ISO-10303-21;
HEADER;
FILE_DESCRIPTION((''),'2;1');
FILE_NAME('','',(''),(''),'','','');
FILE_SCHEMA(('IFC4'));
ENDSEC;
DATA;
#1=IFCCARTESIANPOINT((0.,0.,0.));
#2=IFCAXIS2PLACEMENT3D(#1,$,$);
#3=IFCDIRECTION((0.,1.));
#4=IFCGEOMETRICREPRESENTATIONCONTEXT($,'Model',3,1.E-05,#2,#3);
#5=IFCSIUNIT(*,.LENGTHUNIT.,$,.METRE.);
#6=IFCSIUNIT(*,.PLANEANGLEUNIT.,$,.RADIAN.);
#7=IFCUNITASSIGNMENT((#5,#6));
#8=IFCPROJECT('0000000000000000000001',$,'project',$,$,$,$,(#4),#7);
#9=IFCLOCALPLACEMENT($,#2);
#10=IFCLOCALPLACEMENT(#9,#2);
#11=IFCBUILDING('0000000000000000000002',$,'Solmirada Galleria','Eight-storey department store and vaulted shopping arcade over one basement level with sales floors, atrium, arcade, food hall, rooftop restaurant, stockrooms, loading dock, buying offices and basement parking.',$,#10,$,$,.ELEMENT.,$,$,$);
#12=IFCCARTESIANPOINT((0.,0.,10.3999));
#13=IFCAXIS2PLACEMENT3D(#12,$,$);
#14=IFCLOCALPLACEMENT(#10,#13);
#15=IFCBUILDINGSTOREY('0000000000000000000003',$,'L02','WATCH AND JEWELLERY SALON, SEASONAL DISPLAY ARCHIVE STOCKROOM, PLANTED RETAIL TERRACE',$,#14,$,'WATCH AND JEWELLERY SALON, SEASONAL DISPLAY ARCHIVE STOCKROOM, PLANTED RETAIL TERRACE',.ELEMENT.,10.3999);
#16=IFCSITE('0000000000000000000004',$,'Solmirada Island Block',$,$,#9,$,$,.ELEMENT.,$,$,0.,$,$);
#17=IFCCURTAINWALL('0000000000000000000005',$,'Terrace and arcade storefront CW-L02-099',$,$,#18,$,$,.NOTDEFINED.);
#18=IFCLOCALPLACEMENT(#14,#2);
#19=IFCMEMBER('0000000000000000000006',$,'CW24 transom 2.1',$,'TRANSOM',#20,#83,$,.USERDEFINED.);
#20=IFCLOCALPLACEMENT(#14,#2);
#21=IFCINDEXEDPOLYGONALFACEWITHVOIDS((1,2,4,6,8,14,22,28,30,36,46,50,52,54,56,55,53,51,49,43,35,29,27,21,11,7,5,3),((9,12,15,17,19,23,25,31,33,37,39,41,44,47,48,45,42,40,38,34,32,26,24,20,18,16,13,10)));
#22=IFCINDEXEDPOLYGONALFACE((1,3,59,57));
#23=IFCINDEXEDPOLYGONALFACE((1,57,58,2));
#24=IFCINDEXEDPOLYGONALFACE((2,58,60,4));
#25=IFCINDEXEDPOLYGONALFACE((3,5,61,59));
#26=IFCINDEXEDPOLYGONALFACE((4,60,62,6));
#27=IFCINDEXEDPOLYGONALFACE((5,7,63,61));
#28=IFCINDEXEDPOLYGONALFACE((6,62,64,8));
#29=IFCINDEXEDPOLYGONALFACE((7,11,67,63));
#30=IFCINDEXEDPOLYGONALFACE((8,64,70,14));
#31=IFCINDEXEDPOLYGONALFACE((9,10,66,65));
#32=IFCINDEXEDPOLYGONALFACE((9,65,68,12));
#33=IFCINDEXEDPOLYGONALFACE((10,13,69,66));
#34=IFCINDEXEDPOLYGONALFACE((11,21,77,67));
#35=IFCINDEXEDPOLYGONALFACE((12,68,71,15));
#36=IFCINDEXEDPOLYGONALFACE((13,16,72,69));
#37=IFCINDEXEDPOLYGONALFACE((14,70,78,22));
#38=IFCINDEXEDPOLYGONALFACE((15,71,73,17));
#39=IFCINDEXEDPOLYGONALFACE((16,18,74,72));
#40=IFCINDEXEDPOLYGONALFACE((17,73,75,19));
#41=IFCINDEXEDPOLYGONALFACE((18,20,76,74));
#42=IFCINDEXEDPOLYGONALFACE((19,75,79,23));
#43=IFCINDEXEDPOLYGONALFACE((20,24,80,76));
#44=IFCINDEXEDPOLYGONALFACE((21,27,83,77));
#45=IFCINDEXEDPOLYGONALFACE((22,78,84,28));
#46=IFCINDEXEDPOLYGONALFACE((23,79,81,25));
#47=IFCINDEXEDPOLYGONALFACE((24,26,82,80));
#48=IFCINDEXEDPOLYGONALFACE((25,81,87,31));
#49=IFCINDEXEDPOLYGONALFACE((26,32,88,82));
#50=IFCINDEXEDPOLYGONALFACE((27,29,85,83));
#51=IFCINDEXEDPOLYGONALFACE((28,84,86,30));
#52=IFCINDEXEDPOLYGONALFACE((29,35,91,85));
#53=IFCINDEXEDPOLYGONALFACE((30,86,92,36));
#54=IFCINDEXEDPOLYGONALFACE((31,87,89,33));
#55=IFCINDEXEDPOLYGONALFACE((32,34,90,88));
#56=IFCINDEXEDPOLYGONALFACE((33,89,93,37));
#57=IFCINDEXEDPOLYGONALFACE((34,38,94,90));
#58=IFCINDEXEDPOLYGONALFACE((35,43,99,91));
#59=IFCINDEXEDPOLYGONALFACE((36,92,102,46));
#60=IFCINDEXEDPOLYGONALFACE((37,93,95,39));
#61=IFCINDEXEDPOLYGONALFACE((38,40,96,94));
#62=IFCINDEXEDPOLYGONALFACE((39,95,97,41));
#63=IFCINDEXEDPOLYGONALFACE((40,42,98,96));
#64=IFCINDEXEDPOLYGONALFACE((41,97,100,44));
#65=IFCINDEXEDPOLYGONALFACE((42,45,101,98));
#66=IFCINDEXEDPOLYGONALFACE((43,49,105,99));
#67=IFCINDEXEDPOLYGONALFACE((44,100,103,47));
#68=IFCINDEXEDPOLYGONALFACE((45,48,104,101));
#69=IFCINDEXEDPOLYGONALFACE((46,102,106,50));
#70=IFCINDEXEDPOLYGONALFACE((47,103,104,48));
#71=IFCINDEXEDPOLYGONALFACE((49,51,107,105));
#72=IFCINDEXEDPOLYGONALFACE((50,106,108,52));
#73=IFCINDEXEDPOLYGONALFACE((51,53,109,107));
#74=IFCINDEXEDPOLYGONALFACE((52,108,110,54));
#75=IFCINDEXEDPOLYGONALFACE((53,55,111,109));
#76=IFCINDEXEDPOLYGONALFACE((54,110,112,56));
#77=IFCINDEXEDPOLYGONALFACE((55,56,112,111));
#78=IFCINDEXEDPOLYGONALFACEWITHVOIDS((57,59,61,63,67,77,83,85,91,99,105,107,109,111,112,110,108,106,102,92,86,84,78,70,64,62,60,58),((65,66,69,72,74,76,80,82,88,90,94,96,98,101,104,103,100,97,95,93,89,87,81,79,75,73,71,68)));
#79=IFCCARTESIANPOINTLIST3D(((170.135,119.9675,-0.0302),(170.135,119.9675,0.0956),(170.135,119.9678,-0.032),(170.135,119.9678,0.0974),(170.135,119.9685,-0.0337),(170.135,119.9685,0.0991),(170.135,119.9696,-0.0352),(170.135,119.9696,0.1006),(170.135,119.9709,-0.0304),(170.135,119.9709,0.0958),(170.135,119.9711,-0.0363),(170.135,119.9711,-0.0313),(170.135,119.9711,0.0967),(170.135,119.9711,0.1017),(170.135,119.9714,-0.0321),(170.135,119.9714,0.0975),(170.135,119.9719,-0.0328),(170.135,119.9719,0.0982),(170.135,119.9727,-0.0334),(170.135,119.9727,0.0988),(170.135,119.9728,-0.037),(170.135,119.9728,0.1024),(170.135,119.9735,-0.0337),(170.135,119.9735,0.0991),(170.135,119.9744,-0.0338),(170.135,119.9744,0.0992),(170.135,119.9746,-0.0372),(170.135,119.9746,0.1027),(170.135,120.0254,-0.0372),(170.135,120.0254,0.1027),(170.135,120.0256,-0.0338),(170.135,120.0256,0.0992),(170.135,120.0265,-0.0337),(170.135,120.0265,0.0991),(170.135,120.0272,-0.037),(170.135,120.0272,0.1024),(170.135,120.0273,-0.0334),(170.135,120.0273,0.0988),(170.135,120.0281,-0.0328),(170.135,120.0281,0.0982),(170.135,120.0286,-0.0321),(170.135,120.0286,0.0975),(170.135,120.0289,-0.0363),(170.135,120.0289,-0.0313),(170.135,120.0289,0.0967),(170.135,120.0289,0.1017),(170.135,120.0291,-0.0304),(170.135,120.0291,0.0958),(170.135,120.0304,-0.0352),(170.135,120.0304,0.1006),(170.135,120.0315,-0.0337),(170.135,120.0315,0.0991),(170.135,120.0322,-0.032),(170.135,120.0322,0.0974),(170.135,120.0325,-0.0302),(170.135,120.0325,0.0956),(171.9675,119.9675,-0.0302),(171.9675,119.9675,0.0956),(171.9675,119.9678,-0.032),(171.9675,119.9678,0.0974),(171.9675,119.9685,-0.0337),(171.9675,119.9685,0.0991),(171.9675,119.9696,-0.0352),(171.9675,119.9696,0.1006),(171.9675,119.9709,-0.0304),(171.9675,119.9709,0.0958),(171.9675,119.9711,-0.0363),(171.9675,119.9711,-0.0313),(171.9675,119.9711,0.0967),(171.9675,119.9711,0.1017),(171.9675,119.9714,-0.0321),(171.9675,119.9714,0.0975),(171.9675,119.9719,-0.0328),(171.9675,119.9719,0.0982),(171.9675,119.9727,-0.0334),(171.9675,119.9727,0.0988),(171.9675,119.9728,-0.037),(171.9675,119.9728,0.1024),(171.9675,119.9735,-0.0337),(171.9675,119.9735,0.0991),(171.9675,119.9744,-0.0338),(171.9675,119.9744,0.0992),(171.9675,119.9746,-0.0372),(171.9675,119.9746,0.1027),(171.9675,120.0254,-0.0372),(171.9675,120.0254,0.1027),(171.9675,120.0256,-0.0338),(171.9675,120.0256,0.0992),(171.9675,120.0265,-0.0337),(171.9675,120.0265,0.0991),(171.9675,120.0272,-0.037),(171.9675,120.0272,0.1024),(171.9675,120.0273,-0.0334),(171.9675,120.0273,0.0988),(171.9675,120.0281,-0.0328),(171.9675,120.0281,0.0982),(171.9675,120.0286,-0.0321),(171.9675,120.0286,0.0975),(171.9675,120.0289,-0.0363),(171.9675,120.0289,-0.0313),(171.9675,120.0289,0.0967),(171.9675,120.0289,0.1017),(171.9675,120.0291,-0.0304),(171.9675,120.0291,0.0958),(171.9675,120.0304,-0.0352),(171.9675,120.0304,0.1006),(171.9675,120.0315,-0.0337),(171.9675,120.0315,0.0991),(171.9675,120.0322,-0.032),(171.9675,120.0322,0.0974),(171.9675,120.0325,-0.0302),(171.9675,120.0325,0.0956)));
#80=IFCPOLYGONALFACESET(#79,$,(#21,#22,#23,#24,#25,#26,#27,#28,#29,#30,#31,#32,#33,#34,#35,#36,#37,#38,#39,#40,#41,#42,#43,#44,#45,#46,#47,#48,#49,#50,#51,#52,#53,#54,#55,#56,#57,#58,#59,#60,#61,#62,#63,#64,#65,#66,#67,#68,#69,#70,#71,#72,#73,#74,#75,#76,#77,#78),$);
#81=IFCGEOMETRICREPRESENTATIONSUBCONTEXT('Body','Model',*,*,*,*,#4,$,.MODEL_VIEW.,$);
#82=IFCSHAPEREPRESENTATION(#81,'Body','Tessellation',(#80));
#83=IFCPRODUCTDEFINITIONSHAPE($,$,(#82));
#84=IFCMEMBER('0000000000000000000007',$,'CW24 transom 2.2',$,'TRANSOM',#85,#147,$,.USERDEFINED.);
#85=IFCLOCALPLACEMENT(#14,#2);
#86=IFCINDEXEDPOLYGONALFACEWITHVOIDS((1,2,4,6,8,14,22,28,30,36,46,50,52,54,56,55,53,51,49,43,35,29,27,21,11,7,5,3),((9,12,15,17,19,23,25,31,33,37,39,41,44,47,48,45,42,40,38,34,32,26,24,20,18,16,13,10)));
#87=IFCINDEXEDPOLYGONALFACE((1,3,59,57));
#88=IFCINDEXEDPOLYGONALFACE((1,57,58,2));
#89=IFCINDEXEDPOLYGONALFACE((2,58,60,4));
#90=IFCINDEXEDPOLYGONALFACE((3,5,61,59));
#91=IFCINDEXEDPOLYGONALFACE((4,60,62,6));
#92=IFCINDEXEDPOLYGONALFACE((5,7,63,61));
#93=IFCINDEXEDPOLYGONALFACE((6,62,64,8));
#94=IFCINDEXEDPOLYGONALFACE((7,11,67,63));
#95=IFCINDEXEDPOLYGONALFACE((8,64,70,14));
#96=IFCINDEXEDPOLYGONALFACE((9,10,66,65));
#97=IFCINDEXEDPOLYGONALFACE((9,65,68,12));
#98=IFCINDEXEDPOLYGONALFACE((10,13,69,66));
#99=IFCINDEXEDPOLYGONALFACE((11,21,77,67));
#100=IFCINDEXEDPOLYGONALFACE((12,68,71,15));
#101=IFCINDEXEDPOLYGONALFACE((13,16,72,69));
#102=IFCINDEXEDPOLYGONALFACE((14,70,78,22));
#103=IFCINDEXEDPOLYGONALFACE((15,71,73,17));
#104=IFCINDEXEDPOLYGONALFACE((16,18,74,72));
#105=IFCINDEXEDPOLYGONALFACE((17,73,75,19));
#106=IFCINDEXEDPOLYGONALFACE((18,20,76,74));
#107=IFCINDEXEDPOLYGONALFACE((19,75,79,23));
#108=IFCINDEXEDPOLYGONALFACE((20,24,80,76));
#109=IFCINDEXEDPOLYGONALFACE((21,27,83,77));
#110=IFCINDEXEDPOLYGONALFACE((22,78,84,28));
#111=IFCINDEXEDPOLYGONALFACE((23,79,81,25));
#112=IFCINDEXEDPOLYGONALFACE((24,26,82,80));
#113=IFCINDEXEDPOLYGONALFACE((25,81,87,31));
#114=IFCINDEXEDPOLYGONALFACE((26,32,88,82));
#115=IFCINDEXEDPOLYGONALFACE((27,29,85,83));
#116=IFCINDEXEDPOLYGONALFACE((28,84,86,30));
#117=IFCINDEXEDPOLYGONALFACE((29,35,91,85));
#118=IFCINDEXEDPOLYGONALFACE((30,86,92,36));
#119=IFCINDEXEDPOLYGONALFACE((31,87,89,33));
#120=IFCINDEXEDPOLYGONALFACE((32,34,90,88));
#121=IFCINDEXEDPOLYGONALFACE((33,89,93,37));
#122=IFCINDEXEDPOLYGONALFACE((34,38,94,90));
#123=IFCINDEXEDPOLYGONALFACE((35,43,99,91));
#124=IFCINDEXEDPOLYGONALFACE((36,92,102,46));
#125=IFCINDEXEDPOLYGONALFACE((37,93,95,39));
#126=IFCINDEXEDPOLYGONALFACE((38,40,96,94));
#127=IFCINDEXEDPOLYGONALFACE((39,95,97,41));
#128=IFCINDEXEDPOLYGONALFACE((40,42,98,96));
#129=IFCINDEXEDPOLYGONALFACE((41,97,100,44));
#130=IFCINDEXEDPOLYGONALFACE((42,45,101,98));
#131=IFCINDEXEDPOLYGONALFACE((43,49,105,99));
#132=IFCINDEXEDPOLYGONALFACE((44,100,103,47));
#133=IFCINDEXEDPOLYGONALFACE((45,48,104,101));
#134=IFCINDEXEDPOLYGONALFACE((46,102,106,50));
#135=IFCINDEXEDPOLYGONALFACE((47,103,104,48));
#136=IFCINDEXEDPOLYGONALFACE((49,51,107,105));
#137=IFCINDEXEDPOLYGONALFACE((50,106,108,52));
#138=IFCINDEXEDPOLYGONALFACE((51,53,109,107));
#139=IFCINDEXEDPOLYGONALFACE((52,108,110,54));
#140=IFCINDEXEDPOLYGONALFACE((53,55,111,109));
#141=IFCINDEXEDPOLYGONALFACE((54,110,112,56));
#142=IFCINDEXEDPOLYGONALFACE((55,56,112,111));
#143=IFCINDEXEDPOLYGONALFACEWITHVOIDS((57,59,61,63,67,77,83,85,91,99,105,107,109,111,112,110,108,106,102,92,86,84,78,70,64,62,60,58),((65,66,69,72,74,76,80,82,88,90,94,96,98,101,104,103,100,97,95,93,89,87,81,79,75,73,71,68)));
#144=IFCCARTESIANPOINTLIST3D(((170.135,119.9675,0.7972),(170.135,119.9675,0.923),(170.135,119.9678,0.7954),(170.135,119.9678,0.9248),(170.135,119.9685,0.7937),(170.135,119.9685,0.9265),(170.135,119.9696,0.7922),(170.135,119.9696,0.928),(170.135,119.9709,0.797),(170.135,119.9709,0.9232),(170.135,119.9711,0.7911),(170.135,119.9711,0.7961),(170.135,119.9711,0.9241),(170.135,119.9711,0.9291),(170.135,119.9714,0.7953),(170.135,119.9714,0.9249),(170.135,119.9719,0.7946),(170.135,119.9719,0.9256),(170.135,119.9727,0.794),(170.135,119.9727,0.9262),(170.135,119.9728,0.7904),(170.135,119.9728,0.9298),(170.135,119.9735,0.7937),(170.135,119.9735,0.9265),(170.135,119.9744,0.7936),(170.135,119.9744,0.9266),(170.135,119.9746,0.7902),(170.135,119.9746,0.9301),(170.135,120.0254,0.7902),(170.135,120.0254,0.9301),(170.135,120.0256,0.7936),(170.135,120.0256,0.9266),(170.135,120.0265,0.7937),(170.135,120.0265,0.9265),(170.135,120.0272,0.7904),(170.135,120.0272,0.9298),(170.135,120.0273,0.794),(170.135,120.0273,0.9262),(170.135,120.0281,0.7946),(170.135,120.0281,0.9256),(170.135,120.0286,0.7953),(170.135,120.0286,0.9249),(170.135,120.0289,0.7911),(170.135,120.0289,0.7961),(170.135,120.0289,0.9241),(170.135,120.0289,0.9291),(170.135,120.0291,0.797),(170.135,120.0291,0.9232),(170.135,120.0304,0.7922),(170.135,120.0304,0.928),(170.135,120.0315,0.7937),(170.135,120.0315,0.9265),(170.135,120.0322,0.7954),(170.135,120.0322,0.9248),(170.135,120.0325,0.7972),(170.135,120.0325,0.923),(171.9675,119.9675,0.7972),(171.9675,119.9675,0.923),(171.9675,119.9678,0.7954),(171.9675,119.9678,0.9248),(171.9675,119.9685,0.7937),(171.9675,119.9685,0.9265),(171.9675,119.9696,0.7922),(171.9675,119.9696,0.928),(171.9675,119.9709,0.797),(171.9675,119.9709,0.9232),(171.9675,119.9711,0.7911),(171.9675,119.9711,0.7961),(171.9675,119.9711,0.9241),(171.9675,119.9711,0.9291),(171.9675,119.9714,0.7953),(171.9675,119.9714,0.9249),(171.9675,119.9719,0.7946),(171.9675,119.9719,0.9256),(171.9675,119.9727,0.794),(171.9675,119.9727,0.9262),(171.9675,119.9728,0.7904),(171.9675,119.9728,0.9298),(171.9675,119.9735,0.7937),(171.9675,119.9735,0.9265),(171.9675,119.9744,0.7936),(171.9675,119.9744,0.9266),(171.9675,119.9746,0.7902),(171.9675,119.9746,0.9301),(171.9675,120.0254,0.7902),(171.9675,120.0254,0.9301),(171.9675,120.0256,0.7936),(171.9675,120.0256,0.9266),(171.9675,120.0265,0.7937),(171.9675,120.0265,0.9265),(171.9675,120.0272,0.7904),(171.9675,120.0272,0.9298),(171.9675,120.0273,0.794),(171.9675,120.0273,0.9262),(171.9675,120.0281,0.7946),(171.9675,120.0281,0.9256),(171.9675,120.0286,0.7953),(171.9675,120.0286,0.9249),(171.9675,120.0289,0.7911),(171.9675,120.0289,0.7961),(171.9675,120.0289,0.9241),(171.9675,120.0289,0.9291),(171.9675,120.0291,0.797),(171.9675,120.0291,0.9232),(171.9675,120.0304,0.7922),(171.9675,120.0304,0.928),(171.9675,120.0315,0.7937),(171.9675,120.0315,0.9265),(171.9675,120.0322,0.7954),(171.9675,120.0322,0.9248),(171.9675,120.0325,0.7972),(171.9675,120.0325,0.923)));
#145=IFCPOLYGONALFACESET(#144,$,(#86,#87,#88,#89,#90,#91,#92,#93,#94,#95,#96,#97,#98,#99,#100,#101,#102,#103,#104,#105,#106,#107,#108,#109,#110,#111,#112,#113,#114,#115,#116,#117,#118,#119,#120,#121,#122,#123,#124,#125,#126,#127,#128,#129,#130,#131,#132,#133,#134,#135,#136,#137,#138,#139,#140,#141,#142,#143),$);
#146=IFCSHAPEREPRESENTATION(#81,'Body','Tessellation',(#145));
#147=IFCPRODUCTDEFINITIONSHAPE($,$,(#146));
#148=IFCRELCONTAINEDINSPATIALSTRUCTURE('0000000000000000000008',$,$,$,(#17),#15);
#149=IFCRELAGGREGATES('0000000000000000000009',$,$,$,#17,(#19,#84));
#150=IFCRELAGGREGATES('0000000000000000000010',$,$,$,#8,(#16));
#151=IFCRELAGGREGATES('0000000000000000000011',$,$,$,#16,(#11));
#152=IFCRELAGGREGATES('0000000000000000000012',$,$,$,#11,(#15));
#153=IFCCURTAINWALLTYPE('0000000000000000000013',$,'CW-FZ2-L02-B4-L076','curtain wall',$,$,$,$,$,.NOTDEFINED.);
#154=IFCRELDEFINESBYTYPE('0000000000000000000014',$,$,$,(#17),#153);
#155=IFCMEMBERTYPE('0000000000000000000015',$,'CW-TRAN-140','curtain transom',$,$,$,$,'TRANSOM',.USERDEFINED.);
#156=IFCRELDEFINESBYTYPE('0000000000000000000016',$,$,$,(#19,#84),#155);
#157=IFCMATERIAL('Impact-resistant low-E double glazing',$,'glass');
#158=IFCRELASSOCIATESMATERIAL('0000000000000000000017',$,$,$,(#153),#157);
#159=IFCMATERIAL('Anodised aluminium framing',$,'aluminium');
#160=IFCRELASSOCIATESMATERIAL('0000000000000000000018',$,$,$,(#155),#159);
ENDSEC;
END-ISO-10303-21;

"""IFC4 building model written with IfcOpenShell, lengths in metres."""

from ifc_helpers import new_model, si_unit, direction, frame, origin, origin_2d, place, context, subcontext, project, spatial, hollow_rectangle, extrude, material, material_profile, profile_set, type_object, element, aggregate, save


model = new_model("IFC4")

# Units and contexts
model_context = context("Model", 3, precision=1e-05, world=origin(), true_north=direction((0.0, 1.0)))
body_context = subcontext(model_context, "Body", "Model", "MODEL_VIEW")
ifc_project = project(units=[si_unit("LENGTHUNIT", "METRE"), si_unit("PLANEANGLEUNIT", "RADIAN")], contexts=[model_context])

# Site, building, storey
site_placement = place(None, origin())
site = spatial("IfcSite", under=ifc_project, at=site_placement, Name="Solmirada Island Block", CompositionType="ELEMENT", RefElevation=0.0)
building_placement = place(site_placement, origin())
building = spatial("IfcBuilding", under=site, at=building_placement, Name="Solmirada Galleria", Description="Eight-storey department store and vaulted shopping arcade over one basement level with sales floors, atrium, arcade, food hall, rooftop restaurant, stockrooms, loading dock, buying offices and basement parking.", CompositionType="ELEMENT")
storey_placement = place(building_placement, frame((0.0, 0.0, 10.3999)))
storey = spatial("IfcBuildingStorey", under=building, at=storey_placement, Name="L02", Description="WATCH AND JEWELLERY SALON, SEASONAL DISPLAY ARCHIVE STOCKROOM, PLANTED RETAIL TERRACE", LongName="WATCH AND JEWELLERY SALON, SEASONAL DISPLAY ARCHIVE STOCKROOM, PLANTED RETAIL TERRACE", CompositionType="ELEMENT", Elevation=10.3999)

# Curtain wall
ifc_material_1 = material(Name="Impact-resistant low-E double glazing", Category="glass")
curtain_wall_type = type_object("IfcCurtainWallType", Name="CW-FZ2-L02-B4-L076", Description="curtain wall", PredefinedType="NOTDEFINED", material=ifc_material_1)
curtain_wall_1_placement = place(storey_placement, origin())
curtain_wall_1 = element("IfcCurtainWall", 1, at=curtain_wall_1_placement, inside=storey, type_object=curtain_wall_type, Name="Terrace and arcade storefront CW-L02-099", PredefinedType="NOTDEFINED")
ifc_material_2 = material(Name="Anodised aluminium framing", Category="aluminium")

# Members
ifc_material_profile_1 = material_profile(ifc_material_2, hollow_rectangle(XDim=0.0649, YDim=0.1399, WallThickness=0.0034, InnerFilletRadius=0.0034, OuterFilletRadius=0.0071, at=origin_2d()), Name="ALU-TRAN-140X65")
ifc_profile_set_1 = profile_set([ifc_material_profile_1], Name="Anodised aluminium framing")
member_type_1 = type_object("IfcMemberType", Name="CW-TRAN-140", Description="curtain transom", ElementType="TRANSOM", PredefinedType="USERDEFINED", material=ifc_profile_set_1)
member_1_placement = place(storey_placement, frame((170.135, 120.0, 0.0327), z_axis=(1.0, 0.0, 0.0), x_axis=(0.0, 1.0, 0.0)))
member_1 = element("IfcMember", 2, at=member_1_placement, type_object=member_type_1, Name="CW24 transom 2.1", ObjectType="TRANSOM", PredefinedType="USERDEFINED", context=body_context, shape_type="SweptSolid", body=[
    extrude(hollow_rectangle(XDim=0.0649, YDim=0.1399, WallThickness=0.0034, InnerFilletRadius=0.0034, OuterFilletRadius=0.0071, at=origin_2d()), origin(), (0.0, 0.0, 1.0), 1.8325),
])
member_2_placement = place(storey_placement, frame((170.135, 120.0, 0.8601), z_axis=(1.0, 0.0, 0.0), x_axis=(0.0, 1.0, 0.0)))
member_2 = element("IfcMember", 3, at=member_2_placement, type_object=member_type_1, Name="CW24 transom 2.2", ObjectType="TRANSOM", PredefinedType="USERDEFINED", context=body_context, shape_type="SweptSolid", body=[
    extrude(hollow_rectangle(XDim=0.0649, YDim=0.1399, WallThickness=0.0034, InnerFilletRadius=0.0034, OuterFilletRadius=0.0071, at=origin_2d()), origin(), (0.0, 0.0, 1.0), 1.8325),
])

aggregate(curtain_wall_1, [member_1, member_2])

save(model, "model.ifc")
